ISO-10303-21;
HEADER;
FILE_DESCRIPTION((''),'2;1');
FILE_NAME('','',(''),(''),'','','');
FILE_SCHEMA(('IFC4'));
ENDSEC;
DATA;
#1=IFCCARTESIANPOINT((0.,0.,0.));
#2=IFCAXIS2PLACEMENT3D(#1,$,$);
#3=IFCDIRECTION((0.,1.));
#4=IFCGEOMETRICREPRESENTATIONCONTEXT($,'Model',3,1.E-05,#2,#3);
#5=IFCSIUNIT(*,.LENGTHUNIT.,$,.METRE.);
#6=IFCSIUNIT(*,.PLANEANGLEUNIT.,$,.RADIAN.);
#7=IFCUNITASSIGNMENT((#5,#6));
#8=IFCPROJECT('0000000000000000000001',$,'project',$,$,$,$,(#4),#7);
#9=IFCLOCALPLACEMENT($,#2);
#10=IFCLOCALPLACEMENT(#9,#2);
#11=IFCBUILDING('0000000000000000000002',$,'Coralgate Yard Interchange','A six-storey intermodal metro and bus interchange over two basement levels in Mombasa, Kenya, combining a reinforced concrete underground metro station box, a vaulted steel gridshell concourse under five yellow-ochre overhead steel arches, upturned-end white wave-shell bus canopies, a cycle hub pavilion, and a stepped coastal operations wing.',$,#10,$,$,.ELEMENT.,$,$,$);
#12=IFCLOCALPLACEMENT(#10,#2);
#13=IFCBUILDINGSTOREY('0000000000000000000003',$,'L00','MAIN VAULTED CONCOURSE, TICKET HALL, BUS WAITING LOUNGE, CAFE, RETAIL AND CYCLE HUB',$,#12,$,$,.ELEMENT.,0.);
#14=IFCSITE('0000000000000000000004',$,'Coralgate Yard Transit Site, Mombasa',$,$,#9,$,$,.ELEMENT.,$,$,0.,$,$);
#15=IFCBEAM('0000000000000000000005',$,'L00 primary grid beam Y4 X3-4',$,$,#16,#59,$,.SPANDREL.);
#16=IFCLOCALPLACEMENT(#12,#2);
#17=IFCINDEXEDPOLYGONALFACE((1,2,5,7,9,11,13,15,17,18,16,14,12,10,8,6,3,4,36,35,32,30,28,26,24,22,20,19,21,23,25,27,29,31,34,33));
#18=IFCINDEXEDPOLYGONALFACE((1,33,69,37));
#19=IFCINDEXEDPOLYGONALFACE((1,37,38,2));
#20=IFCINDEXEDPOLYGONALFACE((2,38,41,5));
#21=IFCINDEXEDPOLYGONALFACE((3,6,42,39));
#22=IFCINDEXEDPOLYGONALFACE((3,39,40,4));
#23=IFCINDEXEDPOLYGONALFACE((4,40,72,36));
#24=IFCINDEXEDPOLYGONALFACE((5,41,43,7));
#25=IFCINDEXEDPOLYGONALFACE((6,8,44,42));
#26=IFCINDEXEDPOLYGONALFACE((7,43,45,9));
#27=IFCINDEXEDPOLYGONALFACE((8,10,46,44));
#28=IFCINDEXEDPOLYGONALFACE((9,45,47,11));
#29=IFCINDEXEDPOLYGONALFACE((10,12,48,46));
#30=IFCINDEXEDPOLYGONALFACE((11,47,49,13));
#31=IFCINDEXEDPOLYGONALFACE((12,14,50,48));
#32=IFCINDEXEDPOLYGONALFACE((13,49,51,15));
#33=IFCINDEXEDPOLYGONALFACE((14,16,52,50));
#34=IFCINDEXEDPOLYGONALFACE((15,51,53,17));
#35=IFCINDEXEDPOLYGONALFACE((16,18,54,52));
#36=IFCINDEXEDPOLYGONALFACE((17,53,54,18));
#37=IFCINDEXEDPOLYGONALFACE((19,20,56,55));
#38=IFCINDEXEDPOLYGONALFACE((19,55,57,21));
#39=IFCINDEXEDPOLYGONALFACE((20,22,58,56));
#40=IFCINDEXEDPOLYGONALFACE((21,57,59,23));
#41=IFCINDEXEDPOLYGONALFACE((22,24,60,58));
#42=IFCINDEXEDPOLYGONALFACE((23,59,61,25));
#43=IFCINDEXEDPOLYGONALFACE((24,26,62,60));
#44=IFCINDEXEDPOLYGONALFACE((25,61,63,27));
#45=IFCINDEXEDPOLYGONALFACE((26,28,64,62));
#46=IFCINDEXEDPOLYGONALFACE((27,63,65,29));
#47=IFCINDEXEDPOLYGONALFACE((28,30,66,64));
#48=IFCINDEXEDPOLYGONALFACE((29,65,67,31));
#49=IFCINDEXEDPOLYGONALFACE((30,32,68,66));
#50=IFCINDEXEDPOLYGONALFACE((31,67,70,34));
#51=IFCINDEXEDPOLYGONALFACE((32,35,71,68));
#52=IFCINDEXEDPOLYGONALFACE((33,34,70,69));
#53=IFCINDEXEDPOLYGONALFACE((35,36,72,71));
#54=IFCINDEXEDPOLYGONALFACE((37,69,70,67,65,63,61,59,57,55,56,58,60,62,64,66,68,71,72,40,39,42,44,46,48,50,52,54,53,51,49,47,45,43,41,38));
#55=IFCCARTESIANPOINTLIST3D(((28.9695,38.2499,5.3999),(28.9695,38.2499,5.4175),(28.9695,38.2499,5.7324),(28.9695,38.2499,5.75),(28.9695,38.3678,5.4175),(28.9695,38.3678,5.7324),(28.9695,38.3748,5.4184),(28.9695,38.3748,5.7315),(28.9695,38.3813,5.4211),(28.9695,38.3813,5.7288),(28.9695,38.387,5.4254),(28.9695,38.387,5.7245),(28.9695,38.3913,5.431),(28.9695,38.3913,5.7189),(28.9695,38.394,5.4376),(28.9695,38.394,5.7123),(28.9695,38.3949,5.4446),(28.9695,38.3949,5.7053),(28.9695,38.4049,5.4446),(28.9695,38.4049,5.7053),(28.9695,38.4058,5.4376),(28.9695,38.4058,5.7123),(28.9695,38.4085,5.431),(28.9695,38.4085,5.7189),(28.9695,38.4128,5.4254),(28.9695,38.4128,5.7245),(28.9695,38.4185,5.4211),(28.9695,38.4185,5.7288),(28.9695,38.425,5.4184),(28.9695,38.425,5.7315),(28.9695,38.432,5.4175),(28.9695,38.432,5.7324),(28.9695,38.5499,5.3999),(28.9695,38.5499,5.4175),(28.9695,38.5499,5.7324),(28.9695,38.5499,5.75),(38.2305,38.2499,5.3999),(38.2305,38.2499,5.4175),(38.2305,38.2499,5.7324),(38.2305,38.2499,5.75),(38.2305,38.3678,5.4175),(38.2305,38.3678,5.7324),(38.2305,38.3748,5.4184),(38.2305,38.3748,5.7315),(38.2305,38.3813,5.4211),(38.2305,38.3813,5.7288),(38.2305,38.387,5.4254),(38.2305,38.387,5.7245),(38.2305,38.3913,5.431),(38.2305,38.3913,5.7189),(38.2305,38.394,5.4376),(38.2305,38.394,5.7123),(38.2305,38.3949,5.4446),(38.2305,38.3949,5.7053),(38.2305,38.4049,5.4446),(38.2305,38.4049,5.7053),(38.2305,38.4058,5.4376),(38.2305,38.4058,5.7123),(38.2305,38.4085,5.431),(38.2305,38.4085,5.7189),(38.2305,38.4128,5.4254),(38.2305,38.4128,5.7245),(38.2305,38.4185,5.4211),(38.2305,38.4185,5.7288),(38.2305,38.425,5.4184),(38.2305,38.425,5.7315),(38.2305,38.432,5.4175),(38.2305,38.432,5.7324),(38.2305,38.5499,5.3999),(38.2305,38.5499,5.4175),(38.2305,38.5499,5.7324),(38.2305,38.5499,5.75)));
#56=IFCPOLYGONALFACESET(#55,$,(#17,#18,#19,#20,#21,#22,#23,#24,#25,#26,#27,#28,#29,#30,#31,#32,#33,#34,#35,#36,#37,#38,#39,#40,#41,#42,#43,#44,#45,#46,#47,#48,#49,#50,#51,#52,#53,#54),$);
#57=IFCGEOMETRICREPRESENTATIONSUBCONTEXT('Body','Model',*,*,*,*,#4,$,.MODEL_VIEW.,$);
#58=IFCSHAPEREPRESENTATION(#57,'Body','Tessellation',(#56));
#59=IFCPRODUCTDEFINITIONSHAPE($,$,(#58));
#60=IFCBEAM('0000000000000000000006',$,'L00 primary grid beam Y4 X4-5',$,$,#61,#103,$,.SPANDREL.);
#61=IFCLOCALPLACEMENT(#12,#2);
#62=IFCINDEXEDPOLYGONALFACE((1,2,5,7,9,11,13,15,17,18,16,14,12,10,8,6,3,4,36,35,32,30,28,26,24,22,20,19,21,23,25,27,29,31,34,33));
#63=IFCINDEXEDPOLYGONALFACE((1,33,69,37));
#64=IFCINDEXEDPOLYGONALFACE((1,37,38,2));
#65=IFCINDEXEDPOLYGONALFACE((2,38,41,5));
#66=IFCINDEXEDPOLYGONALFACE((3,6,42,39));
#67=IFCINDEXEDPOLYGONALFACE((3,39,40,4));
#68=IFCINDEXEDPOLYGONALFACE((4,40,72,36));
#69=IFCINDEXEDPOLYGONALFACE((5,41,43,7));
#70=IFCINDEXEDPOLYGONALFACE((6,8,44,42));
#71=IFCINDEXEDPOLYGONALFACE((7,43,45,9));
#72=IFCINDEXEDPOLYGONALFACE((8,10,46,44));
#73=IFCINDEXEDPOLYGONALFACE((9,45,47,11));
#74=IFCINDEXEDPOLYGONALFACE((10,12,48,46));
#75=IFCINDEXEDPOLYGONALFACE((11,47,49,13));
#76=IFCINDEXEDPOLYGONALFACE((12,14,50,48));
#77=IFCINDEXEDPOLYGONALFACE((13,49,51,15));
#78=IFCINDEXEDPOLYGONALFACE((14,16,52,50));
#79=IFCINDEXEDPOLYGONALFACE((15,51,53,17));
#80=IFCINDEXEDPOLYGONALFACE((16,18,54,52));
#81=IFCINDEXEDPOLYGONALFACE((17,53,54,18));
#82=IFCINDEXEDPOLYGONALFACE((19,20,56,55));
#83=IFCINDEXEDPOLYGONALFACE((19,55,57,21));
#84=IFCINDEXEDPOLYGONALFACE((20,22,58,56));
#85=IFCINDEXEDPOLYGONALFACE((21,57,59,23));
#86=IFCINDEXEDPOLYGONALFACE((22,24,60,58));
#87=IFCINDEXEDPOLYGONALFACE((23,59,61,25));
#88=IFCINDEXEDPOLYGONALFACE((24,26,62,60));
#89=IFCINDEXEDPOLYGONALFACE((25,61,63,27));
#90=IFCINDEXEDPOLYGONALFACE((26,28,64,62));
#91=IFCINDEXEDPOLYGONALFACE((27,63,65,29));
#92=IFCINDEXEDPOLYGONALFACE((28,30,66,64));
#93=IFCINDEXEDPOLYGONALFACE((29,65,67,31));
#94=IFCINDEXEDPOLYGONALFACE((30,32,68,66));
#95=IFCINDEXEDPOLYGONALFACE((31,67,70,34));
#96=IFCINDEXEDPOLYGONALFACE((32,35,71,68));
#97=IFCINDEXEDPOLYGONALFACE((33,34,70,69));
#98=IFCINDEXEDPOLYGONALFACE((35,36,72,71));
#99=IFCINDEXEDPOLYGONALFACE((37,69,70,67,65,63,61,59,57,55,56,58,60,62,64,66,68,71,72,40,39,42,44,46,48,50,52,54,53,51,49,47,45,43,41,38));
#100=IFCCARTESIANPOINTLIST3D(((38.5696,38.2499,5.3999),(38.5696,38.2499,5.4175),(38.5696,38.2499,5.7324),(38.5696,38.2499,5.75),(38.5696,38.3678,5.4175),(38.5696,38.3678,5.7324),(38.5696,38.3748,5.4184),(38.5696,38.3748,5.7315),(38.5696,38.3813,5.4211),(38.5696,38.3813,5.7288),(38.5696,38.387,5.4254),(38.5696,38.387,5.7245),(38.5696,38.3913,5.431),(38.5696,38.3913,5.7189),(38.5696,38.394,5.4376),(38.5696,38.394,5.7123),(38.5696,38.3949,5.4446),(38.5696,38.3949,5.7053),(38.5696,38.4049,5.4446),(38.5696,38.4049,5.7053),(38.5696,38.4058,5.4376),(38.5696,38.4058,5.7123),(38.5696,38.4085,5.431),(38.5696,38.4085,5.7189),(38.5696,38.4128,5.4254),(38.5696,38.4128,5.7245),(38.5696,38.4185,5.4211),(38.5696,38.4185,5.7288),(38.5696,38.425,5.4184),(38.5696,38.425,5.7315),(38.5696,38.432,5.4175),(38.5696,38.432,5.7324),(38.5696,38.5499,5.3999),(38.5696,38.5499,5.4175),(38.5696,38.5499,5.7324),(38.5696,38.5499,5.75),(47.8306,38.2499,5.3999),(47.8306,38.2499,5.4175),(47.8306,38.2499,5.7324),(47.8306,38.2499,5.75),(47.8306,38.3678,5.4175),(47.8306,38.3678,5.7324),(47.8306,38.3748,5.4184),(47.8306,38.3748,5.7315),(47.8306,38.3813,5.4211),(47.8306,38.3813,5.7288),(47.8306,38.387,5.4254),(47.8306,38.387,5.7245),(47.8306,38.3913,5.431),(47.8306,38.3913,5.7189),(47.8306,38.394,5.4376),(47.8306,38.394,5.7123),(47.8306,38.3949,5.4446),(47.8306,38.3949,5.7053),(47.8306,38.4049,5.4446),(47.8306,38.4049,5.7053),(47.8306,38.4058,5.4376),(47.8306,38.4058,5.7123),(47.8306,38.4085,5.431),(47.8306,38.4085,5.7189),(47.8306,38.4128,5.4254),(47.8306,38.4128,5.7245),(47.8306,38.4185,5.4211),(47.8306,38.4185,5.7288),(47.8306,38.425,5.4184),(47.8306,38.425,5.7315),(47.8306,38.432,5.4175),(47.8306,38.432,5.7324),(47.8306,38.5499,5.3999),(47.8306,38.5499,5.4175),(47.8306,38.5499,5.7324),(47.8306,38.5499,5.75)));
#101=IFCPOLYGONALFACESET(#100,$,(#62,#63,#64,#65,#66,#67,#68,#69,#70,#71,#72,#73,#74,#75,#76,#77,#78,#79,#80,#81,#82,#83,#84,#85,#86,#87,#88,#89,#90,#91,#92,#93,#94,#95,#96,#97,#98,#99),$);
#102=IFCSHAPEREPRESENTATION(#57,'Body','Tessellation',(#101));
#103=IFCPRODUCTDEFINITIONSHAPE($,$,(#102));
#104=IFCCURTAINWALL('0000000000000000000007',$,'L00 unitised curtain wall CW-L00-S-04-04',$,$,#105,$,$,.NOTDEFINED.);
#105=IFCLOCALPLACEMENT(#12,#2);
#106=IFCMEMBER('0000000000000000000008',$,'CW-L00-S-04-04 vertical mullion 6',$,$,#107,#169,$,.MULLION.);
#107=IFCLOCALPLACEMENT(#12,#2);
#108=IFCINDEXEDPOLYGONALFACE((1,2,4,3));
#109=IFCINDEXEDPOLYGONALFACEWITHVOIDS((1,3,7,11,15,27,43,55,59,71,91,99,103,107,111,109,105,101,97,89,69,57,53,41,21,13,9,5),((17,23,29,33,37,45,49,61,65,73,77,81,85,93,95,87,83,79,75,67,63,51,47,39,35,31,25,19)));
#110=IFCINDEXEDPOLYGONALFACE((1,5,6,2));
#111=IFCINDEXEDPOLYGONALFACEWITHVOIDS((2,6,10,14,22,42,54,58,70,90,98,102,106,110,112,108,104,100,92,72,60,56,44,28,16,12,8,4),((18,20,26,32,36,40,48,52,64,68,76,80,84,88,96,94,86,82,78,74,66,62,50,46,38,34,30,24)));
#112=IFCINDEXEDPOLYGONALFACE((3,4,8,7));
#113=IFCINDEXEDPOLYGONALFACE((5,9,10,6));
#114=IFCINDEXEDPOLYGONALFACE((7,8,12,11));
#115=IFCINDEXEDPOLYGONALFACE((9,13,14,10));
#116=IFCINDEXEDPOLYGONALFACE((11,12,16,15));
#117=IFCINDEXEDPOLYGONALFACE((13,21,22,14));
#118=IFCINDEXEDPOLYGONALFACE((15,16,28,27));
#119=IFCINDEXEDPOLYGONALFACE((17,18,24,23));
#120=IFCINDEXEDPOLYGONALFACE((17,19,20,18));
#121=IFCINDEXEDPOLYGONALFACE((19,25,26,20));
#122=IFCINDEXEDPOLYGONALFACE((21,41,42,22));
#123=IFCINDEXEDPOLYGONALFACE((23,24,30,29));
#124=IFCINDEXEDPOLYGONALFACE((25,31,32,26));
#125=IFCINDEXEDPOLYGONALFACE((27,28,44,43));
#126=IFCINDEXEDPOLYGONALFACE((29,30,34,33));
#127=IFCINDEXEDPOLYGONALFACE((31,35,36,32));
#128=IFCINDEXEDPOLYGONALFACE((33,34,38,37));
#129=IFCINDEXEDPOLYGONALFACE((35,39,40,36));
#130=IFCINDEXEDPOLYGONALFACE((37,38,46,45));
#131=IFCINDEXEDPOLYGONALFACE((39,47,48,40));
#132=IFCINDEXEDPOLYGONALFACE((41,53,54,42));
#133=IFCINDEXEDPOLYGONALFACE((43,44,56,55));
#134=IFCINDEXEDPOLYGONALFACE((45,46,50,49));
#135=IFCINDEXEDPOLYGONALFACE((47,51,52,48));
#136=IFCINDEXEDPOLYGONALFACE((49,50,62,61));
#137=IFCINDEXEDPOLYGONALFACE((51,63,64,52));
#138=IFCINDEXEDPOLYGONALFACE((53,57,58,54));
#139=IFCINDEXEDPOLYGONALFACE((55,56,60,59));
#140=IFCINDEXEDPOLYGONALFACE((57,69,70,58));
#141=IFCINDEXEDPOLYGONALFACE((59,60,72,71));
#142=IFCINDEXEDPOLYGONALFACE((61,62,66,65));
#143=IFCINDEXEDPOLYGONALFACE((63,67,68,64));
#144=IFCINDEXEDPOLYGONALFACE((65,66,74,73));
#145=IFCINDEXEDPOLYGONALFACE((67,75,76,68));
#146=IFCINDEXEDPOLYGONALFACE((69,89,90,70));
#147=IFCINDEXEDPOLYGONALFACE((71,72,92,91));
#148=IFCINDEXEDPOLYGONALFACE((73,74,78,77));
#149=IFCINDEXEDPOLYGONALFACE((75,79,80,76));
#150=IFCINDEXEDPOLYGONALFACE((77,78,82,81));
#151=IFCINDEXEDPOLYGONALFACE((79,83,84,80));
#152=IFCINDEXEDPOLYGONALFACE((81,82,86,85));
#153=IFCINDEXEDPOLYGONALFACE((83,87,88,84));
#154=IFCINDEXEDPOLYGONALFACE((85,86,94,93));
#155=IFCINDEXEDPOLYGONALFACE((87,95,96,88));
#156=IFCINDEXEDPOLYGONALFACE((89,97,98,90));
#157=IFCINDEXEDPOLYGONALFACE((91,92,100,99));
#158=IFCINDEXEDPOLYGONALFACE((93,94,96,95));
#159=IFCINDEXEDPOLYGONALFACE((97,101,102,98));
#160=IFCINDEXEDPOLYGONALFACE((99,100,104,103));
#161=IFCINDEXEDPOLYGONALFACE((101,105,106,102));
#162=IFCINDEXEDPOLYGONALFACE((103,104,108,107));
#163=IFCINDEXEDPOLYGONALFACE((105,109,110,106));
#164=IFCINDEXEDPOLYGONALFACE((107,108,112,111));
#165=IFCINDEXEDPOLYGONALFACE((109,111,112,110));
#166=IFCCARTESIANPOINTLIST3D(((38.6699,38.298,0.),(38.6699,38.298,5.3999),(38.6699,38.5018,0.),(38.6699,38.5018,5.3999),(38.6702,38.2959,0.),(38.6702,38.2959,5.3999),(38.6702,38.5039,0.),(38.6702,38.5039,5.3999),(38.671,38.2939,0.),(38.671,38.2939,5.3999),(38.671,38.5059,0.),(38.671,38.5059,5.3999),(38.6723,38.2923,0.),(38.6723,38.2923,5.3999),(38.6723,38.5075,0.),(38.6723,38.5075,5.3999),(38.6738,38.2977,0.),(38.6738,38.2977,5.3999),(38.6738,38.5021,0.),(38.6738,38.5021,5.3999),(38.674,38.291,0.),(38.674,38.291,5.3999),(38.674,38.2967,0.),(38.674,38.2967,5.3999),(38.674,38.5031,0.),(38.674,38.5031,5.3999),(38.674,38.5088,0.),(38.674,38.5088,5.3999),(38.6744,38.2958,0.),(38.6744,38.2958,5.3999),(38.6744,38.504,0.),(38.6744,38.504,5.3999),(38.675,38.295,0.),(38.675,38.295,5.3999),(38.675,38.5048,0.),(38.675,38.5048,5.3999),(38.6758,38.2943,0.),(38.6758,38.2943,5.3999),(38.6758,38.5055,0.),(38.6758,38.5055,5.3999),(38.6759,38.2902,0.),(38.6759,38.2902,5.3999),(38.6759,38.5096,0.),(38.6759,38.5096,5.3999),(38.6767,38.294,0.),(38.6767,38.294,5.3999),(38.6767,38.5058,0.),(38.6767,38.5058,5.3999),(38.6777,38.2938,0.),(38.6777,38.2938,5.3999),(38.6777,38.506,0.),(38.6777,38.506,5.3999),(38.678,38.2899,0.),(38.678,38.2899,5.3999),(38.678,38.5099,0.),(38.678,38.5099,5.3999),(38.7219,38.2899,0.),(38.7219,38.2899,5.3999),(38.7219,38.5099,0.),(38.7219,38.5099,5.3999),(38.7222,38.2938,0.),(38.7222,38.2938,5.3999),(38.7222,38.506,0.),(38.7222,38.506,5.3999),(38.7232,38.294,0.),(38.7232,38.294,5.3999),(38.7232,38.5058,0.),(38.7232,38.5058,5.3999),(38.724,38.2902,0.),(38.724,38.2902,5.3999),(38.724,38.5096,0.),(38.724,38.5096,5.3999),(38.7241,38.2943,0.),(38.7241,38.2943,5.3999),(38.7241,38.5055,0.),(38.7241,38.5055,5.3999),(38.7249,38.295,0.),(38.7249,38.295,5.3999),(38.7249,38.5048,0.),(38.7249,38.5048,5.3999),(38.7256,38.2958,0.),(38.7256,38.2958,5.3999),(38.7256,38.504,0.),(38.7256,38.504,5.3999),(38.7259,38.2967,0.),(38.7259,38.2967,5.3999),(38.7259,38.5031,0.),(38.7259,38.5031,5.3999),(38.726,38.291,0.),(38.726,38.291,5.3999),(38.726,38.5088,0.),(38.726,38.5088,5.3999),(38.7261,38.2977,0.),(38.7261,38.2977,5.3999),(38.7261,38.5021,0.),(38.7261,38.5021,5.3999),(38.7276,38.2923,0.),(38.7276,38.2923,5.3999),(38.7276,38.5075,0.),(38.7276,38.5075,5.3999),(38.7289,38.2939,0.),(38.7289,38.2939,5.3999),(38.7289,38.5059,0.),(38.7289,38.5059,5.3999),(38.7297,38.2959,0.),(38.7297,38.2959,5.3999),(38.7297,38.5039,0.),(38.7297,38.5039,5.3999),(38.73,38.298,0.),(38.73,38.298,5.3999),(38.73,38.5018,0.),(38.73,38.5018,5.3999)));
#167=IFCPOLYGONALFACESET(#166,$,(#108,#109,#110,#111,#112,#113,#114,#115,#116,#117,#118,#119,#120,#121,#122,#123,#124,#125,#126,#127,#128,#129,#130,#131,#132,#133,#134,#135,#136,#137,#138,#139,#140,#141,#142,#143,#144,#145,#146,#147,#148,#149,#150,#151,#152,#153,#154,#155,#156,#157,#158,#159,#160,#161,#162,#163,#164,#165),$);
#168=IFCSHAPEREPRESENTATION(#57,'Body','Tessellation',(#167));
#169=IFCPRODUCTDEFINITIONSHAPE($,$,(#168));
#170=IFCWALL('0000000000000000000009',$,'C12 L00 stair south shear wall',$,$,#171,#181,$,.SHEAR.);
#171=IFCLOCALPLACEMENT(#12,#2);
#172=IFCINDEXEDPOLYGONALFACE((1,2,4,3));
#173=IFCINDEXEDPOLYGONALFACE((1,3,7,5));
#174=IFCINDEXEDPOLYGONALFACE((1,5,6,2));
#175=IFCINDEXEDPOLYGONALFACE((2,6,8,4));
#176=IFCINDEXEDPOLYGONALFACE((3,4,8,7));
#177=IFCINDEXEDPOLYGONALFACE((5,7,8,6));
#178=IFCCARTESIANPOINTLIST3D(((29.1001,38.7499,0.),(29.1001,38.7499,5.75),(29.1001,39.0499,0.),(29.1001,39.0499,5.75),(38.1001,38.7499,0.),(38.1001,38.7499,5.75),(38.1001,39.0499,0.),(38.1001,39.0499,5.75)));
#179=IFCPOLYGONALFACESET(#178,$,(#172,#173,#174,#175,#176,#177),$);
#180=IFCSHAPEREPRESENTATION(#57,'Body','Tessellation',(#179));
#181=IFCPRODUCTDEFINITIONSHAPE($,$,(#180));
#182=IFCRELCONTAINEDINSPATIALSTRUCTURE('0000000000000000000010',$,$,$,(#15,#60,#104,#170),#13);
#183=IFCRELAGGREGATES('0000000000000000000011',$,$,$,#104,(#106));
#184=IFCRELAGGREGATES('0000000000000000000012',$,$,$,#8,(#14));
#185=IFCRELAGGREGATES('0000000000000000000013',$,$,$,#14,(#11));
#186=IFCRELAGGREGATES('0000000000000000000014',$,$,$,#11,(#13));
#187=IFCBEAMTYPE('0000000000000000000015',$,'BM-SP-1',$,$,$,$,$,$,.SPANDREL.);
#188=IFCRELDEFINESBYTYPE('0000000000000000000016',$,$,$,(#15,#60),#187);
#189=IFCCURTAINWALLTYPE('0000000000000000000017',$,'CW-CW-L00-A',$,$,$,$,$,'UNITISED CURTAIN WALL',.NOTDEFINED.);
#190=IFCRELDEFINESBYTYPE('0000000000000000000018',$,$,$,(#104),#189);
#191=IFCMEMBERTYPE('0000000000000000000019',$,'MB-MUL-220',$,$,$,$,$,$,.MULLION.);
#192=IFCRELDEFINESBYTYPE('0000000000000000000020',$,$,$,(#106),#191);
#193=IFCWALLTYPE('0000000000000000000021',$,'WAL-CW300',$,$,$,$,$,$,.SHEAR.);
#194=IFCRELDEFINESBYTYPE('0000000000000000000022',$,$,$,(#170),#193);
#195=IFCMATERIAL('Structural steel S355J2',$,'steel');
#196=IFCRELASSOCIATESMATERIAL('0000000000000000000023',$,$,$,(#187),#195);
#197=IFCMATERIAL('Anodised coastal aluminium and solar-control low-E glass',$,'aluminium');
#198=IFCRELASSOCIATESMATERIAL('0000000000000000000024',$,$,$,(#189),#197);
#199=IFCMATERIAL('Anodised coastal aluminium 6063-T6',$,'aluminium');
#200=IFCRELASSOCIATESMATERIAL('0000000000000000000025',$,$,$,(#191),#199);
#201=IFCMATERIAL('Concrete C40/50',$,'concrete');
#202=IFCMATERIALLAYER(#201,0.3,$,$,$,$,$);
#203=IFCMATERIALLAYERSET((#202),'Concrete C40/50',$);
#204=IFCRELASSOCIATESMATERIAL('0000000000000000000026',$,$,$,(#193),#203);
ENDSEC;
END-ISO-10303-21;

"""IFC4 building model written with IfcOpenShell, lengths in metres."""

from ifc_helpers import new_model, si_unit, direction, frame, frame_2d, origin, origin_2d, place, context, subcontext, project, spatial, rectangle, hollow_rectangle, i_section, extrude, material, layer, layer_set, material_profile, profile_set, type_object, element, aggregate, save


model = new_model("IFC4")

# Units and contexts
model_context = context("Model", 3, precision=1e-05, world=origin(), true_north=direction((0.0, 1.0)))
body_context = subcontext(model_context, "Body", "Model", "MODEL_VIEW")
ifc_project = project(units=[si_unit("LENGTHUNIT", "METRE"), si_unit("PLANEANGLEUNIT", "RADIAN")], contexts=[model_context])

# Site, building, storey
site_placement = place(None, origin())
site = spatial("IfcSite", under=ifc_project, at=site_placement, Name="Coralgate Yard Transit Site, Mombasa", CompositionType="ELEMENT", RefElevation=0.0)
building_placement = place(site_placement, origin())
building = spatial("IfcBuilding", under=site, at=building_placement, Name="Coralgate Yard Interchange", Description="A six-storey intermodal metro and bus interchange over two basement levels in Mombasa, Kenya, combining a reinforced concrete underground metro station box, a vaulted steel gridshell concourse under five yellow-ochre overhead steel arches, upturned-end white wave-shell bus canopies, a cycle hub pavilion, and a stepped coastal operations wing.", CompositionType="ELEMENT")
storey_placement = place(building_placement, origin())
storey = spatial("IfcBuildingStorey", under=building, at=storey_placement, Name="L00", Description="MAIN VAULTED CONCOURSE, TICKET HALL, BUS WAITING LOUNGE, CAFE, RETAIL AND CYCLE HUB", CompositionType="ELEMENT", Elevation=0.0)

# Shared definitions
ifc_material_1 = material(Name="Structural steel S355J2", Category="steel")

# Beams
ifc_material_profile_1 = material_profile(ifc_material_1, i_section(OverallWidth=0.3, OverallDepth=0.3501, WebThickness=0.01, FlangeThickness=0.0176, FilletRadius=0.0271, at=origin_2d()), Name="HEA 360")
ifc_profile_set_1 = profile_set([ifc_material_profile_1], Name="Structural steel S355J2")
beam_type_1 = type_object("IfcBeamType", Name="BM-SP-1", PredefinedType="SPANDREL", material=ifc_profile_set_1)
for number, where, z_axis, x_axis, name in (
    (1, (28.9695, 38.3999, 5.575), (1.0, 0.0, 0.0), (0.0, 1.0, 0.0), "L00 primary grid beam Y4 X3-4"),
    (2, (38.5696, 38.3999, 5.575), (1.0, 0.0, 0.0), (0.0, 1.0, 0.0), "L00 primary grid beam Y4 X4-5"),
):
    element("IfcBeam", number, at=place(storey_placement, frame(where, z_axis=z_axis, x_axis=x_axis)), inside=storey, type_object=beam_type_1, Name=name, PredefinedType="SPANDREL", context=body_context, shape_type="SweptSolid", body=[
        extrude(i_section(OverallWidth=0.3, OverallDepth=0.3501, WebThickness=0.01, FlangeThickness=0.0176, FilletRadius=0.0271, at=origin_2d()), origin(), (0.0, 0.0, 1.0), 9.261),
    ])

# Curtain wall, member
ifc_material_2 = material(Name="Anodised coastal aluminium and solar-control low-E glass", Category="aluminium")
curtain_wall_type = type_object("IfcCurtainWallType", Name="CW-CW-L00-A", ElementType="UNITISED CURTAIN WALL", PredefinedType="NOTDEFINED", material=ifc_material_2)
curtain_wall_placement = place(storey_placement, origin())
curtain_wall = element("IfcCurtainWall", 3, at=curtain_wall_placement, inside=storey, type_object=curtain_wall_type, Name="L00 unitised curtain wall CW-L00-S-04-04", PredefinedType="NOTDEFINED")
ifc_material_3 = material(Name="Anodised coastal aluminium 6063-T6", Category="aluminium")
ifc_material_profile_2 = material_profile(ifc_material_3, hollow_rectangle(XDim=0.0601, YDim=0.22, WallThickness=0.0039, InnerFilletRadius=0.0039, OuterFilletRadius=0.0081, at=origin_2d()), Name="ALU 60x220x4")
ifc_profile_set_2 = profile_set([ifc_material_profile_2], Name="Anodised coastal aluminium 6063-T6")
member_type = type_object("IfcMemberType", Name="MB-MUL-220", PredefinedType="MULLION", material=ifc_profile_set_2)
member_placement = place(storey_placement, frame((38.7, 38.3999, 0.0), z_axis=(0.0, 0.0, 1.0), x_axis=(1.0, 0.0, 0.0)))
member = element("IfcMember", 4, at=member_placement, type_object=member_type, Name="CW-L00-S-04-04 vertical mullion 6", PredefinedType="MULLION", context=body_context, shape_type="SweptSolid", body=[
    extrude(hollow_rectangle(XDim=0.0601, YDim=0.22, WallThickness=0.0039, InnerFilletRadius=0.0039, OuterFilletRadius=0.0081, at=origin_2d()), origin(), (0.0, 0.0, 1.0), 5.3999),
])
aggregate(curtain_wall, [member])

# Wall
ifc_material_4 = material(Name="Concrete C40/50", Category="concrete")
ifc_layer_1 = layer(ifc_material_4, 0.3)
ifc_layer_set_1 = layer_set([ifc_layer_1], Name="Concrete C40/50")
wall_type_1 = type_object("IfcWallType", Name="WAL-CW300", PredefinedType="SHEAR", material=ifc_layer_set_1)
wall_1_placement = place(storey_placement, frame((29.1001, 38.8999, 0.0), z_axis=(0.0, 0.0, 1.0), x_axis=(1.0, 0.0, 0.0)))
element("IfcWall", 5, at=wall_1_placement, inside=storey, type_object=wall_type_1, Name="C12 L00 stair south shear wall", PredefinedType="SHEAR", context=body_context, shape_type="SweptSolid", body=[
    extrude(rectangle(XDim=9.0, YDim=0.3, at=frame_2d((4.5, 0.0))), origin(), (0.0, 0.0, 1.0), 5.75),
])

save(model, "model.ifc")
